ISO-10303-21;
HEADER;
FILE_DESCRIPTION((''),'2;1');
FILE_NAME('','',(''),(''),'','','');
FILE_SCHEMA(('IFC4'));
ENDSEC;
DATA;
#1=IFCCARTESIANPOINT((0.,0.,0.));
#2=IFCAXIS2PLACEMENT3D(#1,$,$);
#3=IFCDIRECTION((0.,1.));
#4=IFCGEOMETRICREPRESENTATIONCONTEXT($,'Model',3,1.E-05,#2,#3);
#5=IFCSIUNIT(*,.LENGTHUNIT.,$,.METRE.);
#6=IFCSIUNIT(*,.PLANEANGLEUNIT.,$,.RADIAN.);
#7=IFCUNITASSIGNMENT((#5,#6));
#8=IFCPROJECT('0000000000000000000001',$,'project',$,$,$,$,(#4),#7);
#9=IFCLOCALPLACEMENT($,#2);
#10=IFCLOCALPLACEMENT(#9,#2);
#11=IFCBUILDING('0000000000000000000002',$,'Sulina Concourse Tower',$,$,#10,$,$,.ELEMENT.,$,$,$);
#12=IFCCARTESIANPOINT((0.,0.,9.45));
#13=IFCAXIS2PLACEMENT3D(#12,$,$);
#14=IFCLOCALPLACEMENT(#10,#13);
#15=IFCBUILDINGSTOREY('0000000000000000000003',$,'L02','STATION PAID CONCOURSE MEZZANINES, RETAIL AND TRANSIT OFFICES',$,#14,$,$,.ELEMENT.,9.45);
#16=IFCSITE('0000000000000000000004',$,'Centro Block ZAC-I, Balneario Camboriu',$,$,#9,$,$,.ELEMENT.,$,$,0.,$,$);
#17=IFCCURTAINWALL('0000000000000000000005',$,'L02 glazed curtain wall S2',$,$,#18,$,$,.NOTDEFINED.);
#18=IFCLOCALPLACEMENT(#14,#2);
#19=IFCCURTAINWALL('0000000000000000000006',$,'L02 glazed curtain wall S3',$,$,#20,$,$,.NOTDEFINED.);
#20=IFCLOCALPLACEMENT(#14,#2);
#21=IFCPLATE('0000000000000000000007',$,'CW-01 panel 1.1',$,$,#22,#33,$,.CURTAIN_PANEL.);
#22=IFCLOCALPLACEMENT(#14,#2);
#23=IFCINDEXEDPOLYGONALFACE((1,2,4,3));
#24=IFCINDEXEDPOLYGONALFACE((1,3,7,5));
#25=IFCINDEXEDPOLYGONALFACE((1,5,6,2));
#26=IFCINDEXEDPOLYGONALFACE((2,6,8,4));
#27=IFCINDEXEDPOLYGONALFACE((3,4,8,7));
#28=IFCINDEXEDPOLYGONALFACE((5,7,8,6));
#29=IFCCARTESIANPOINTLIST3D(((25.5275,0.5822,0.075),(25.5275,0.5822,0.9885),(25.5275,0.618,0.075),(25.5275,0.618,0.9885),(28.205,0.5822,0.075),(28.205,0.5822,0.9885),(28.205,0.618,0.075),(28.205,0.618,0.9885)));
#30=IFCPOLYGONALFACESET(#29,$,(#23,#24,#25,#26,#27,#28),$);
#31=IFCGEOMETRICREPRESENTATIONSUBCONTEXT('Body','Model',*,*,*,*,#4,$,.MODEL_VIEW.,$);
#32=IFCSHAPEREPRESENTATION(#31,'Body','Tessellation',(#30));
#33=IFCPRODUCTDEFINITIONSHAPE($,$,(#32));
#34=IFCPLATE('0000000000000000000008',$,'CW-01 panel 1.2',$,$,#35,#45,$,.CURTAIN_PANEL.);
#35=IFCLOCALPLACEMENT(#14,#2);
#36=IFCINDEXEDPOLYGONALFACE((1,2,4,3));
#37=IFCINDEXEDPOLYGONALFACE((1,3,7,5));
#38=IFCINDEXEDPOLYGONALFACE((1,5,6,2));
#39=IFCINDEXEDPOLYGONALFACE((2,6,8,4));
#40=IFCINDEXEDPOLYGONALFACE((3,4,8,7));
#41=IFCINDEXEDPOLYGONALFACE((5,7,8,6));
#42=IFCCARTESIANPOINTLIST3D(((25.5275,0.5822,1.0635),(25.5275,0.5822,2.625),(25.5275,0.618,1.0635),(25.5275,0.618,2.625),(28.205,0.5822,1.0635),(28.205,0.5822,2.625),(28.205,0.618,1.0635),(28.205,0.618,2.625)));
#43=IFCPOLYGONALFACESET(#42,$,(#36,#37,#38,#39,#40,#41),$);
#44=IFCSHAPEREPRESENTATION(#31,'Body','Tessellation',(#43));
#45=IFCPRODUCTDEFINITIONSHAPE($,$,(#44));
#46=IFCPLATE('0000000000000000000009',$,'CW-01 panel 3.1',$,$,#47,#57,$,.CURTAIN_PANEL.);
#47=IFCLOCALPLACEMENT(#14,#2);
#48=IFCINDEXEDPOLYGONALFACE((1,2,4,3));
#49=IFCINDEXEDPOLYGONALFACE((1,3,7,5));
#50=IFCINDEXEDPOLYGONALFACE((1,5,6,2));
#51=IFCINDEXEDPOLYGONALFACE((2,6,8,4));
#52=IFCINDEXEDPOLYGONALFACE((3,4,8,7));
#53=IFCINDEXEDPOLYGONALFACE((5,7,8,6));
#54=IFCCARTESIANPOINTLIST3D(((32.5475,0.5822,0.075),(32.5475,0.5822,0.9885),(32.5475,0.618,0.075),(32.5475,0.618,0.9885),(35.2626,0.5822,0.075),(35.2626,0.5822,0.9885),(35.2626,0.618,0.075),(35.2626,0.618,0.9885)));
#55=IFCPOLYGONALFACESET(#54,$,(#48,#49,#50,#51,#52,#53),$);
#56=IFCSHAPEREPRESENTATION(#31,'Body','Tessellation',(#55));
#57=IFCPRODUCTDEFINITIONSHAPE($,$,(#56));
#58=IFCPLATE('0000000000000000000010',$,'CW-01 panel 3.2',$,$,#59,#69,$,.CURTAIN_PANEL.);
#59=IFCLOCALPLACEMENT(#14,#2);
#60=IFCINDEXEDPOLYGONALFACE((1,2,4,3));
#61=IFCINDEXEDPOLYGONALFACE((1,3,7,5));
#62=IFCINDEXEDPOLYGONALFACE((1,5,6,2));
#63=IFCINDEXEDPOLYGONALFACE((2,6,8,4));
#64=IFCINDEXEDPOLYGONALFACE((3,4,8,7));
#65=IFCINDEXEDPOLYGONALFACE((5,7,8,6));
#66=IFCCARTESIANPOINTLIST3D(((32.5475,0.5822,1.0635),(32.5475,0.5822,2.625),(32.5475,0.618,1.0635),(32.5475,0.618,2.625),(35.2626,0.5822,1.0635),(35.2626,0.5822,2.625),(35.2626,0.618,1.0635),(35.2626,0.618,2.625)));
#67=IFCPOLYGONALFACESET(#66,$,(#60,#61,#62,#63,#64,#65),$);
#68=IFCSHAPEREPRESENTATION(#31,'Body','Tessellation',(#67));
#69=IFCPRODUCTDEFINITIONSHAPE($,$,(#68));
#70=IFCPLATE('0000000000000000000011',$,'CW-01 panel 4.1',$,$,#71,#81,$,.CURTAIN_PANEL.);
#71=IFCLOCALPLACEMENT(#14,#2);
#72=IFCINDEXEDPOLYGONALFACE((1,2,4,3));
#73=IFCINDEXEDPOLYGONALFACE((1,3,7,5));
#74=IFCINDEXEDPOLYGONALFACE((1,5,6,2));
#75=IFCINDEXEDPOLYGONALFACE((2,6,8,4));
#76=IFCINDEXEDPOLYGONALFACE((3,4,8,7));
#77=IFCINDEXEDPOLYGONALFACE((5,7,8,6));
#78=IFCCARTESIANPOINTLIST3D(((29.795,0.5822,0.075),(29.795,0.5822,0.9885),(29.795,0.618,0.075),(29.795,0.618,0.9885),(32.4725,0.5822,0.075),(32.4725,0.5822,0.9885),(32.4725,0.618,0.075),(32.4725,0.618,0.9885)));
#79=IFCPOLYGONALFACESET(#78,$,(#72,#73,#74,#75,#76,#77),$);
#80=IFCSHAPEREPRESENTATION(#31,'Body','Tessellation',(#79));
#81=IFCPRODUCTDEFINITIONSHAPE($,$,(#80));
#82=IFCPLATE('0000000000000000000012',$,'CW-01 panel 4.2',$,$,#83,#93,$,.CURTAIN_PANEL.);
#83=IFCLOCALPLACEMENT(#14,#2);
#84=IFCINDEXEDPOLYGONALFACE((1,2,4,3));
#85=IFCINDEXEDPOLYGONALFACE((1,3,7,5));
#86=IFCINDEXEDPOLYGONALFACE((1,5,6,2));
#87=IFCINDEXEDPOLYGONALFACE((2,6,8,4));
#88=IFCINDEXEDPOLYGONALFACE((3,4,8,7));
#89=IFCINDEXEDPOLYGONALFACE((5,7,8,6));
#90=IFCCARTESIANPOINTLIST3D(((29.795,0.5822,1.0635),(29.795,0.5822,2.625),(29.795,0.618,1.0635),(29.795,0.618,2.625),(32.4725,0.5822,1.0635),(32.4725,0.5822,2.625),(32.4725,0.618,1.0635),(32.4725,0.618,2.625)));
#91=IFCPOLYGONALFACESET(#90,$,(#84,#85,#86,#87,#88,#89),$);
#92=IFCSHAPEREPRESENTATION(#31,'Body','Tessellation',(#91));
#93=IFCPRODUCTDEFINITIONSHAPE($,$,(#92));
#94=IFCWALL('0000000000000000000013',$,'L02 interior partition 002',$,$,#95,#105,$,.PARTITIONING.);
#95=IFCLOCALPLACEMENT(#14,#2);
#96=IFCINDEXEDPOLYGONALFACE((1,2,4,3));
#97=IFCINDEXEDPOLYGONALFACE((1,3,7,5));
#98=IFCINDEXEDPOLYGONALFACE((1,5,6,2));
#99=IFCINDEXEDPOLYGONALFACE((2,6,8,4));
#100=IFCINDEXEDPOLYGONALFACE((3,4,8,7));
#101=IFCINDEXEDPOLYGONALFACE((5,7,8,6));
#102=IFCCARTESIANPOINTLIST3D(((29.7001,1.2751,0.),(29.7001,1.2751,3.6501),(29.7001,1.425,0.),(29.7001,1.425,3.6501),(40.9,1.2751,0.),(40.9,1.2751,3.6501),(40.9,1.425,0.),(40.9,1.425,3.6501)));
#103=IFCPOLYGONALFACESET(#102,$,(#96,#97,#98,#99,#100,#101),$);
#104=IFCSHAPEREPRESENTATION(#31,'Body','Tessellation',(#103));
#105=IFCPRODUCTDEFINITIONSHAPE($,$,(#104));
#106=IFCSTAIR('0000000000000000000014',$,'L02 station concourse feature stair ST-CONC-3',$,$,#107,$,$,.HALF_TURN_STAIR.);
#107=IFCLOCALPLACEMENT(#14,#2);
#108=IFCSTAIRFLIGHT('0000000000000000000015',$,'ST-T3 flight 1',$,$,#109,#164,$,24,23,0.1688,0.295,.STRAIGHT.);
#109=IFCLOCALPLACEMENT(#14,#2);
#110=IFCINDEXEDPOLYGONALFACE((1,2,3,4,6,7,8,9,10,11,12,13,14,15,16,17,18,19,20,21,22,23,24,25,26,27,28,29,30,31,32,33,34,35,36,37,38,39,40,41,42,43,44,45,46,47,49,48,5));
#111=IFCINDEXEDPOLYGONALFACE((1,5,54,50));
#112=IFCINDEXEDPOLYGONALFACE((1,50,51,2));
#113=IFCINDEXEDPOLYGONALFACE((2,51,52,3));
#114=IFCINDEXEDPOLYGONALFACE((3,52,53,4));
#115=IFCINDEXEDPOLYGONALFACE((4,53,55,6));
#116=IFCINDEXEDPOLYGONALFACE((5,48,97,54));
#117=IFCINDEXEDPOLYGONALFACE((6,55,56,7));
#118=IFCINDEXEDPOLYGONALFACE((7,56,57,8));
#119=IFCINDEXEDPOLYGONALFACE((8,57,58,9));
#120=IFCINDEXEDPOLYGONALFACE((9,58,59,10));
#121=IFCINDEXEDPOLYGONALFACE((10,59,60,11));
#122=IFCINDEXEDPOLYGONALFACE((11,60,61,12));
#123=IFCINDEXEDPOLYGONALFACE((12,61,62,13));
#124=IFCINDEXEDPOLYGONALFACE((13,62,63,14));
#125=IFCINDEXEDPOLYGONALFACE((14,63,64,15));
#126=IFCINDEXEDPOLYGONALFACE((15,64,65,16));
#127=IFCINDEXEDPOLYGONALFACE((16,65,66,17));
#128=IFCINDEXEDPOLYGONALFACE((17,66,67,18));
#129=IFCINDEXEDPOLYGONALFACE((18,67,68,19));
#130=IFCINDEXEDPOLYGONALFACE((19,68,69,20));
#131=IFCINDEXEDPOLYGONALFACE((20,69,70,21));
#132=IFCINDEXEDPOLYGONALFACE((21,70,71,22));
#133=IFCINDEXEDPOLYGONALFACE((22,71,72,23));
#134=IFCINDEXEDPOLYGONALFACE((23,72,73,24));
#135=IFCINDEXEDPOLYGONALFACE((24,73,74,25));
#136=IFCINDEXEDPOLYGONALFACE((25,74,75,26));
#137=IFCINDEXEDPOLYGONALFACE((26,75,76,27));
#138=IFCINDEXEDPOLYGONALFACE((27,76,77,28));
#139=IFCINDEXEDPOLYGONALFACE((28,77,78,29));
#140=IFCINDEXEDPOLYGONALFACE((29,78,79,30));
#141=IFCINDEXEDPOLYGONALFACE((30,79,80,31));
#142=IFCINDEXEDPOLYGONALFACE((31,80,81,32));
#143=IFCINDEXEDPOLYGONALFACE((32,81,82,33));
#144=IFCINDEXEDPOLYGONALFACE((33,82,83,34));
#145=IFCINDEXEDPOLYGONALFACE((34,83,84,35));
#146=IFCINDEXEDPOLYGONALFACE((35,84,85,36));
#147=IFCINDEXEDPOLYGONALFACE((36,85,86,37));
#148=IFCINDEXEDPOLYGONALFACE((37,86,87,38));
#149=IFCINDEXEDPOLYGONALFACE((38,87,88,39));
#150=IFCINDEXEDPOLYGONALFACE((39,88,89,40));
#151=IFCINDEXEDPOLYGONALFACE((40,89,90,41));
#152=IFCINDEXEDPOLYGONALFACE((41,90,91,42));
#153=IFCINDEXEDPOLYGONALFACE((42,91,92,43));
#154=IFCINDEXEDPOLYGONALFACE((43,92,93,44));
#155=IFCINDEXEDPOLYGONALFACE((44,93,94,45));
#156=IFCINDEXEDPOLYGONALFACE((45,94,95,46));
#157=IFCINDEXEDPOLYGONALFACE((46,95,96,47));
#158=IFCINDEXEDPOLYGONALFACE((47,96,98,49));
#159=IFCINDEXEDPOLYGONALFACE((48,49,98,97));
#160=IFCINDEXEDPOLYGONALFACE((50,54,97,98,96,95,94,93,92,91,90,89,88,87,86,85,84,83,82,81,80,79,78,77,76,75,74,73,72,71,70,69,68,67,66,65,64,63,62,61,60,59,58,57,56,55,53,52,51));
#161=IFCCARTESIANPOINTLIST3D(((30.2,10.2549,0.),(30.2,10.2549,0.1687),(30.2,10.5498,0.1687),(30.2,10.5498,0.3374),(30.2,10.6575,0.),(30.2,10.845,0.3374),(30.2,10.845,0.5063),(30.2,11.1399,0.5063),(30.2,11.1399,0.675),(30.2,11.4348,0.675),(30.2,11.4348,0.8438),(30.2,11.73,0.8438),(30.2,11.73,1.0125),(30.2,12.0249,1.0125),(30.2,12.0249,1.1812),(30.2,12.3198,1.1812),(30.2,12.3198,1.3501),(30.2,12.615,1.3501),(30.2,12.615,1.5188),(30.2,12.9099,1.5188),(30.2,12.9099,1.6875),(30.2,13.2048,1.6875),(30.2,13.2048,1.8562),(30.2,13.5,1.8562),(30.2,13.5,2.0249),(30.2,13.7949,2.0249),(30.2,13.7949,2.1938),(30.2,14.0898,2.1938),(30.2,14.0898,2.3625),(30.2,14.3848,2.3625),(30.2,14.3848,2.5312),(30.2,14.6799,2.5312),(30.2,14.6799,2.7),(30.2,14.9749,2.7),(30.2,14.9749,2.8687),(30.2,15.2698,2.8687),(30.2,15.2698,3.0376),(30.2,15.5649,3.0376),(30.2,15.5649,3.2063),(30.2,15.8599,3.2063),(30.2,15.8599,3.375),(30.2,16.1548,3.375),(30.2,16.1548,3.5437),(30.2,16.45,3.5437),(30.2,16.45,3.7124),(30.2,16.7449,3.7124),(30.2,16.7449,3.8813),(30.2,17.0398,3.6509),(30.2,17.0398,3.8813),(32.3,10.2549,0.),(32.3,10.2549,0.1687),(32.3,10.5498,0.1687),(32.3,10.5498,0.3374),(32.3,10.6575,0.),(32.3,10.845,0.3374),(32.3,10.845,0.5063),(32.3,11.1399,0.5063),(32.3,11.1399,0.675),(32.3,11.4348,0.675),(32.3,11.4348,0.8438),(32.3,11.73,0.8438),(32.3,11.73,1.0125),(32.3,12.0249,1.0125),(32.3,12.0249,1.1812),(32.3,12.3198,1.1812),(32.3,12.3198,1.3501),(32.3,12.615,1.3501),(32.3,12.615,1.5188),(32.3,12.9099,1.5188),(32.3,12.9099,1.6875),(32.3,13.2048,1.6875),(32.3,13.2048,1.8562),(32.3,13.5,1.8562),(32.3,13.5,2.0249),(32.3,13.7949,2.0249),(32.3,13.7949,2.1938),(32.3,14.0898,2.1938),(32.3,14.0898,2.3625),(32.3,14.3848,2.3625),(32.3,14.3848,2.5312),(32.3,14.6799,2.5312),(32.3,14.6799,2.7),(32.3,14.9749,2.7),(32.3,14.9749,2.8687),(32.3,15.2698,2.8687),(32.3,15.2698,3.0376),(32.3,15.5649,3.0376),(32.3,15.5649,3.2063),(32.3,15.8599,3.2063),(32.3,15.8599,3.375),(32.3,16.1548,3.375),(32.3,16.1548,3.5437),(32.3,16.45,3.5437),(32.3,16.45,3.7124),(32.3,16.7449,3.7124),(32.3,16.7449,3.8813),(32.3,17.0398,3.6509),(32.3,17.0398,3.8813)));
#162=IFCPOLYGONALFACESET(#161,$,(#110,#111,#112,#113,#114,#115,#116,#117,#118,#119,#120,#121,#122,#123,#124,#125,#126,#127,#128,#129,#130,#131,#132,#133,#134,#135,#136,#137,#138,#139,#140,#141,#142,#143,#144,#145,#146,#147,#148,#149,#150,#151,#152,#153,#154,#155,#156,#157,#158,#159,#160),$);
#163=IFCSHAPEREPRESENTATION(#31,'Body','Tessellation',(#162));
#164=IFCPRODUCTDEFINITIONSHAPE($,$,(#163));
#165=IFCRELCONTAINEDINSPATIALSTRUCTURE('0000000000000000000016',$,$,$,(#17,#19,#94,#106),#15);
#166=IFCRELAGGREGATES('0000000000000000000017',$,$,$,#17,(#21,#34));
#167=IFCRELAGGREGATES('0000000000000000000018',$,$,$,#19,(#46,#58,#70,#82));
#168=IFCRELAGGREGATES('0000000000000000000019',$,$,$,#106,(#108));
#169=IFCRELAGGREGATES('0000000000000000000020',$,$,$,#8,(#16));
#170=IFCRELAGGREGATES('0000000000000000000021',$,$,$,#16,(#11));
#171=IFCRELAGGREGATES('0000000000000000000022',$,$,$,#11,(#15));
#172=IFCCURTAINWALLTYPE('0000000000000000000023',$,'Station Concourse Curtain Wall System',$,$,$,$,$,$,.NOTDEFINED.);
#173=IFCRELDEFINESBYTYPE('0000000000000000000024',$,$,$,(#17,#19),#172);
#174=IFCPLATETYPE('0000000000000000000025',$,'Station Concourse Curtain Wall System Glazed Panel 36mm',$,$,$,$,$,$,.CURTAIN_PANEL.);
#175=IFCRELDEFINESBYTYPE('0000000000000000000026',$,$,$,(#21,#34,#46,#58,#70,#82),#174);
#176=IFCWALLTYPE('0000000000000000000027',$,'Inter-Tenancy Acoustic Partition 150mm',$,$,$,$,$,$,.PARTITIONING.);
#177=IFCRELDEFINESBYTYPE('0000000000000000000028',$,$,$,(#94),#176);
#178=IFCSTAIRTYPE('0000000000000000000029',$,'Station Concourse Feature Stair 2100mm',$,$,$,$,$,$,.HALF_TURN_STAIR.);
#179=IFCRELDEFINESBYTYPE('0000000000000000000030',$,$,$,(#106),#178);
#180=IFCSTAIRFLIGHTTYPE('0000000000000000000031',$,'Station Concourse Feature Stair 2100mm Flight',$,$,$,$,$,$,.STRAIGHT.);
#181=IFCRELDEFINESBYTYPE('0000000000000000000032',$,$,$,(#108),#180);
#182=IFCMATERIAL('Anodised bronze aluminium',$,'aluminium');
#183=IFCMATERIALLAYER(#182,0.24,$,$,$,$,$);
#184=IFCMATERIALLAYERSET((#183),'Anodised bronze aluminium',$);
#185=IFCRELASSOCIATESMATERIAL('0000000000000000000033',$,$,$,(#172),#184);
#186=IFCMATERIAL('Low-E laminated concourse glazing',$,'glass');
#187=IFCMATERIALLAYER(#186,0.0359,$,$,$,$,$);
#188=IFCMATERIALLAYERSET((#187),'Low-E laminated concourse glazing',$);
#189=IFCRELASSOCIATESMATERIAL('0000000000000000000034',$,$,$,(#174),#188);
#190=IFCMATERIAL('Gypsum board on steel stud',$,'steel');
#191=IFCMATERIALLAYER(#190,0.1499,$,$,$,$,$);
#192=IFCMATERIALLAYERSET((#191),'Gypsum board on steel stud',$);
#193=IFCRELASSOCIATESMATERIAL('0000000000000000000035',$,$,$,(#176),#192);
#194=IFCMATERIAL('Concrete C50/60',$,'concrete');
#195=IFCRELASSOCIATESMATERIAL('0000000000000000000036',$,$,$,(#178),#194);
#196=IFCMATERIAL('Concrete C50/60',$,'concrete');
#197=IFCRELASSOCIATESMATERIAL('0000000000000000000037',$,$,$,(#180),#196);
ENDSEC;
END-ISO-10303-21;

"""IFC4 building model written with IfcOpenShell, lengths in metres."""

from ifc_helpers import new_model, si_unit, direction, frame, frame_2d, origin, origin_2d, place, context, subcontext, project, spatial, polyline, rectangle, outline, extrude, material, layer, layer_set, type_object, element, aggregate, save


model = new_model("IFC4")

# Units and contexts
model_context = context("Model", 3, precision=1e-05, world=origin(), true_north=direction((0.0, 1.0)))
body_context = subcontext(model_context, "Body", "Model", "MODEL_VIEW")
ifc_project = project(units=[si_unit("LENGTHUNIT", "METRE"), si_unit("PLANEANGLEUNIT", "RADIAN")], contexts=[model_context])

# Site, building, storey
site_placement = place(None, origin())
site = spatial("IfcSite", under=ifc_project, at=site_placement, Name="Centro Block ZAC-I, Balneario Camboriu", CompositionType="ELEMENT", RefElevation=0.0)
building_placement = place(site_placement, origin())
building = spatial("IfcBuilding", under=site, at=building_placement, Name="Sulina Concourse Tower", CompositionType="ELEMENT")
storey_placement = place(building_placement, frame((0.0, 0.0, 9.45)))
storey = spatial("IfcBuildingStorey", under=building, at=storey_placement, Name="L02", Description="STATION PAID CONCOURSE MEZZANINES, RETAIL AND TRANSIT OFFICES", CompositionType="ELEMENT", Elevation=9.45)

# Curtain walls
ifc_material_1 = material(Name="Anodised bronze aluminium", Category="aluminium")
ifc_layer_1 = layer(ifc_material_1, 0.24)
ifc_layer_set_1 = layer_set([ifc_layer_1], Name="Anodised bronze aluminium")
curtain_wall_type = type_object("IfcCurtainWallType", Name="Station Concourse Curtain Wall System", PredefinedType="NOTDEFINED", material=ifc_layer_set_1)
curtain_wall_1_placement = place(storey_placement, origin())
curtain_wall_1 = element("IfcCurtainWall", 1, at=curtain_wall_1_placement, inside=storey, type_object=curtain_wall_type, Name="L02 glazed curtain wall S2", PredefinedType="NOTDEFINED")
curtain_wall_2_placement = place(storey_placement, origin())
curtain_wall_2 = element("IfcCurtainWall", 2, at=curtain_wall_2_placement, inside=storey, type_object=curtain_wall_type, Name="L02 glazed curtain wall S3", PredefinedType="NOTDEFINED")

# Plates
ifc_material_2 = material(Name="Low-E laminated concourse glazing", Category="glass")
ifc_layer_2 = layer(ifc_material_2, 0.0359)
ifc_layer_set_2 = layer_set([ifc_layer_2], Name="Low-E laminated concourse glazing")
plate_type = type_object("IfcPlateType", Name="Station Concourse Curtain Wall System Glazed Panel 36mm", PredefinedType="CURTAIN_PANEL", material=ifc_layer_set_2)
plate_1_placement = place(storey_placement, frame((26.8662, 0.6001, 0.075), z_axis=(0.0, 0.0, 1.0), x_axis=(-1.0, 0.0, 0.0)))
plate_1 = element("IfcPlate", 3, at=plate_1_placement, type_object=plate_type, Name="CW-01 panel 1.1", PredefinedType="CURTAIN_PANEL", context=body_context, shape_type="SweptSolid", body=[
    extrude(rectangle(XDim=2.6775, YDim=0.0359, at=origin_2d()), origin(), (0.0, 0.0, 1.0), 0.9136),
])
plate_2_placement = place(storey_placement, frame((26.8662, 0.6001, 1.0635), z_axis=(0.0, 0.0, 1.0), x_axis=(-1.0, 0.0, 0.0)))
plate_2 = element("IfcPlate", 4, at=plate_2_placement, type_object=plate_type, Name="CW-01 panel 1.2", PredefinedType="CURTAIN_PANEL", context=body_context, shape_type="SweptSolid", body=[
    extrude(rectangle(XDim=2.6775, YDim=0.0359, at=origin_2d()), origin(), (0.0, 0.0, 1.0), 1.5615),
])
aggregate(curtain_wall_1, [plate_1, plate_2])
plate_3_placement = place(storey_placement, frame((33.905, 0.6001, 0.075), z_axis=(0.0, 0.0, 1.0), x_axis=(-1.0, 0.0, 0.0)))
plate_3 = element("IfcPlate", 5, at=plate_3_placement, type_object=plate_type, Name="CW-01 panel 3.1", PredefinedType="CURTAIN_PANEL", context=body_context, shape_type="SweptSolid", body=[
    extrude(rectangle(XDim=2.7151, YDim=0.0359, at=origin_2d()), origin(), (0.0, 0.0, 1.0), 0.9136),
])
plate_4_placement = place(storey_placement, frame((33.905, 0.6001, 1.0635), z_axis=(0.0, 0.0, 1.0), x_axis=(-1.0, 0.0, 0.0)))
plate_4 = element("IfcPlate", 6, at=plate_4_placement, type_object=plate_type, Name="CW-01 panel 3.2", PredefinedType="CURTAIN_PANEL", context=body_context, shape_type="SweptSolid", body=[
    extrude(rectangle(XDim=2.7151, YDim=0.0359, at=origin_2d()), origin(), (0.0, 0.0, 1.0), 1.5615),
])
plate_5_placement = place(storey_placement, frame((31.1338, 0.6001, 0.075), z_axis=(0.0, 0.0, 1.0), x_axis=(-1.0, 0.0, 0.0)))
plate_5 = element("IfcPlate", 7, at=plate_5_placement, type_object=plate_type, Name="CW-01 panel 4.1", PredefinedType="CURTAIN_PANEL", context=body_context, shape_type="SweptSolid", body=[
    extrude(rectangle(XDim=2.6775, YDim=0.0359, at=origin_2d()), origin(), (0.0, 0.0, 1.0), 0.9136),
])
plate_6_placement = place(storey_placement, frame((31.1338, 0.6001, 1.0635), z_axis=(0.0, 0.0, 1.0), x_axis=(-1.0, 0.0, 0.0)))
plate_6 = element("IfcPlate", 8, at=plate_6_placement, type_object=plate_type, Name="CW-01 panel 4.2", PredefinedType="CURTAIN_PANEL", context=body_context, shape_type="SweptSolid", body=[
    extrude(rectangle(XDim=2.6775, YDim=0.0359, at=origin_2d()), origin(), (0.0, 0.0, 1.0), 1.5615),
])
aggregate(curtain_wall_2, [plate_3, plate_4, plate_5, plate_6])

# Wall
ifc_material_3 = material(Name="Gypsum board on steel stud", Category="steel")
ifc_layer_3 = layer(ifc_material_3, 0.1499)
ifc_layer_set_3 = layer_set([ifc_layer_3], Name="Gypsum board on steel stud")
wall_type = type_object("IfcWallType", Name="Inter-Tenancy Acoustic Partition 150mm", PredefinedType="PARTITIONING", material=ifc_layer_set_3)
wall_placement = place(storey_placement, frame((29.7, 1.3501, 0.0), z_axis=(0.0, 0.0, 1.0), x_axis=(1.0, 0.0, 0.0)))
element("IfcWall", 9, at=wall_placement, inside=storey, type_object=wall_type, Name="L02 interior partition 002", PredefinedType="PARTITIONING", context=body_context, shape_type="SweptSolid", body=[
    extrude(rectangle(XDim=11.2, YDim=0.1499, at=frame_2d((5.6001, 0.0))), origin(), (0.0, 0.0, 1.0), 3.6501),
])

# Stair, stair flight
ifc_material_4 = material(Name="Concrete C50/60", Category="concrete")
stair_type = type_object("IfcStairType", Name="Station Concourse Feature Stair 2100mm", PredefinedType="HALF_TURN_STAIR", material=ifc_material_4)
stair_placement = place(storey_placement, origin())
stair = element("IfcStair", 10, at=stair_placement, inside=storey, type_object=stair_type, Name="L02 station concourse feature stair ST-CONC-3", PredefinedType="HALF_TURN_STAIR")
ifc_material_5 = material(Name="Concrete C50/60", Category="concrete")
stair_flight_type = type_object("IfcStairFlightType", Name="Station Concourse Feature Stair 2100mm Flight", PredefinedType="STRAIGHT", material=ifc_material_5)
stair_flight_placement = place(storey_placement, frame((31.25, 10.2549, 0.0), z_axis=(0.0, 0.0, 1.0), x_axis=(0.0, 1.0, 0.0)))
stair_flight = element("IfcStairFlight", 11, at=stair_flight_placement, type_object=stair_flight_type, Name="ST-T3 flight 1", NumberOfRisers=24, NumberOfTreads=23, PredefinedType="STRAIGHT", RiserHeight=0.1688, TreadLength=0.295, context=body_context, shape_type="SweptSolid", body=[
    extrude(outline(polyline([(0.0, 0.0), (0.0, 0.1687), (0.2949, 0.1687), (0.2949, 0.3374), (0.5901, 0.3374), (0.5901, 0.5063), (0.885, 0.5063), (0.885, 0.675), (1.1799, 0.675), (1.1799, 0.8438), (1.4751, 0.8438), (1.4751, 1.0125), (1.77, 1.0125), (1.77, 1.1812), (2.0649, 1.1812), (2.0649, 1.3501), (2.3601, 1.3501), (2.3601, 1.5188), (2.655, 1.5188), (2.655, 1.6875), (2.95, 1.6875), (2.95, 1.8562), (3.2451, 1.8562), (3.2451, 2.0249), (3.54, 2.0249), (3.54, 2.1938), (3.835, 2.1938), (3.835, 2.3625), (4.1299, 2.3625), (4.1299, 2.5312), (4.425, 2.5312), (4.425, 2.7), (4.72, 2.7), (4.72, 2.8687), (5.0149, 2.8687), (5.0149, 3.0376), (5.3101, 3.0376), (5.3101, 3.2063), (5.605, 3.2063), (5.605, 3.375), (5.8999, 3.375), (5.8999, 3.5437), (6.1951, 3.5437), (6.1951, 3.7124), (6.49, 3.7124), (6.49, 3.8813), (6.7849, 3.8813), (6.7849, 4.05), (6.7849, 3.6509), (0.4026, 0.0), (0.0, 0.0)])), frame((0.0, 1.05, 0.0), z_axis=(0.0, -1.0, 0.0), x_axis=(1.0, 0.0, 0.0)), (0.0, 0.0, 1.0), 2.1001),
])
aggregate(stair, [stair_flight])

save(model, "model.ifc")
